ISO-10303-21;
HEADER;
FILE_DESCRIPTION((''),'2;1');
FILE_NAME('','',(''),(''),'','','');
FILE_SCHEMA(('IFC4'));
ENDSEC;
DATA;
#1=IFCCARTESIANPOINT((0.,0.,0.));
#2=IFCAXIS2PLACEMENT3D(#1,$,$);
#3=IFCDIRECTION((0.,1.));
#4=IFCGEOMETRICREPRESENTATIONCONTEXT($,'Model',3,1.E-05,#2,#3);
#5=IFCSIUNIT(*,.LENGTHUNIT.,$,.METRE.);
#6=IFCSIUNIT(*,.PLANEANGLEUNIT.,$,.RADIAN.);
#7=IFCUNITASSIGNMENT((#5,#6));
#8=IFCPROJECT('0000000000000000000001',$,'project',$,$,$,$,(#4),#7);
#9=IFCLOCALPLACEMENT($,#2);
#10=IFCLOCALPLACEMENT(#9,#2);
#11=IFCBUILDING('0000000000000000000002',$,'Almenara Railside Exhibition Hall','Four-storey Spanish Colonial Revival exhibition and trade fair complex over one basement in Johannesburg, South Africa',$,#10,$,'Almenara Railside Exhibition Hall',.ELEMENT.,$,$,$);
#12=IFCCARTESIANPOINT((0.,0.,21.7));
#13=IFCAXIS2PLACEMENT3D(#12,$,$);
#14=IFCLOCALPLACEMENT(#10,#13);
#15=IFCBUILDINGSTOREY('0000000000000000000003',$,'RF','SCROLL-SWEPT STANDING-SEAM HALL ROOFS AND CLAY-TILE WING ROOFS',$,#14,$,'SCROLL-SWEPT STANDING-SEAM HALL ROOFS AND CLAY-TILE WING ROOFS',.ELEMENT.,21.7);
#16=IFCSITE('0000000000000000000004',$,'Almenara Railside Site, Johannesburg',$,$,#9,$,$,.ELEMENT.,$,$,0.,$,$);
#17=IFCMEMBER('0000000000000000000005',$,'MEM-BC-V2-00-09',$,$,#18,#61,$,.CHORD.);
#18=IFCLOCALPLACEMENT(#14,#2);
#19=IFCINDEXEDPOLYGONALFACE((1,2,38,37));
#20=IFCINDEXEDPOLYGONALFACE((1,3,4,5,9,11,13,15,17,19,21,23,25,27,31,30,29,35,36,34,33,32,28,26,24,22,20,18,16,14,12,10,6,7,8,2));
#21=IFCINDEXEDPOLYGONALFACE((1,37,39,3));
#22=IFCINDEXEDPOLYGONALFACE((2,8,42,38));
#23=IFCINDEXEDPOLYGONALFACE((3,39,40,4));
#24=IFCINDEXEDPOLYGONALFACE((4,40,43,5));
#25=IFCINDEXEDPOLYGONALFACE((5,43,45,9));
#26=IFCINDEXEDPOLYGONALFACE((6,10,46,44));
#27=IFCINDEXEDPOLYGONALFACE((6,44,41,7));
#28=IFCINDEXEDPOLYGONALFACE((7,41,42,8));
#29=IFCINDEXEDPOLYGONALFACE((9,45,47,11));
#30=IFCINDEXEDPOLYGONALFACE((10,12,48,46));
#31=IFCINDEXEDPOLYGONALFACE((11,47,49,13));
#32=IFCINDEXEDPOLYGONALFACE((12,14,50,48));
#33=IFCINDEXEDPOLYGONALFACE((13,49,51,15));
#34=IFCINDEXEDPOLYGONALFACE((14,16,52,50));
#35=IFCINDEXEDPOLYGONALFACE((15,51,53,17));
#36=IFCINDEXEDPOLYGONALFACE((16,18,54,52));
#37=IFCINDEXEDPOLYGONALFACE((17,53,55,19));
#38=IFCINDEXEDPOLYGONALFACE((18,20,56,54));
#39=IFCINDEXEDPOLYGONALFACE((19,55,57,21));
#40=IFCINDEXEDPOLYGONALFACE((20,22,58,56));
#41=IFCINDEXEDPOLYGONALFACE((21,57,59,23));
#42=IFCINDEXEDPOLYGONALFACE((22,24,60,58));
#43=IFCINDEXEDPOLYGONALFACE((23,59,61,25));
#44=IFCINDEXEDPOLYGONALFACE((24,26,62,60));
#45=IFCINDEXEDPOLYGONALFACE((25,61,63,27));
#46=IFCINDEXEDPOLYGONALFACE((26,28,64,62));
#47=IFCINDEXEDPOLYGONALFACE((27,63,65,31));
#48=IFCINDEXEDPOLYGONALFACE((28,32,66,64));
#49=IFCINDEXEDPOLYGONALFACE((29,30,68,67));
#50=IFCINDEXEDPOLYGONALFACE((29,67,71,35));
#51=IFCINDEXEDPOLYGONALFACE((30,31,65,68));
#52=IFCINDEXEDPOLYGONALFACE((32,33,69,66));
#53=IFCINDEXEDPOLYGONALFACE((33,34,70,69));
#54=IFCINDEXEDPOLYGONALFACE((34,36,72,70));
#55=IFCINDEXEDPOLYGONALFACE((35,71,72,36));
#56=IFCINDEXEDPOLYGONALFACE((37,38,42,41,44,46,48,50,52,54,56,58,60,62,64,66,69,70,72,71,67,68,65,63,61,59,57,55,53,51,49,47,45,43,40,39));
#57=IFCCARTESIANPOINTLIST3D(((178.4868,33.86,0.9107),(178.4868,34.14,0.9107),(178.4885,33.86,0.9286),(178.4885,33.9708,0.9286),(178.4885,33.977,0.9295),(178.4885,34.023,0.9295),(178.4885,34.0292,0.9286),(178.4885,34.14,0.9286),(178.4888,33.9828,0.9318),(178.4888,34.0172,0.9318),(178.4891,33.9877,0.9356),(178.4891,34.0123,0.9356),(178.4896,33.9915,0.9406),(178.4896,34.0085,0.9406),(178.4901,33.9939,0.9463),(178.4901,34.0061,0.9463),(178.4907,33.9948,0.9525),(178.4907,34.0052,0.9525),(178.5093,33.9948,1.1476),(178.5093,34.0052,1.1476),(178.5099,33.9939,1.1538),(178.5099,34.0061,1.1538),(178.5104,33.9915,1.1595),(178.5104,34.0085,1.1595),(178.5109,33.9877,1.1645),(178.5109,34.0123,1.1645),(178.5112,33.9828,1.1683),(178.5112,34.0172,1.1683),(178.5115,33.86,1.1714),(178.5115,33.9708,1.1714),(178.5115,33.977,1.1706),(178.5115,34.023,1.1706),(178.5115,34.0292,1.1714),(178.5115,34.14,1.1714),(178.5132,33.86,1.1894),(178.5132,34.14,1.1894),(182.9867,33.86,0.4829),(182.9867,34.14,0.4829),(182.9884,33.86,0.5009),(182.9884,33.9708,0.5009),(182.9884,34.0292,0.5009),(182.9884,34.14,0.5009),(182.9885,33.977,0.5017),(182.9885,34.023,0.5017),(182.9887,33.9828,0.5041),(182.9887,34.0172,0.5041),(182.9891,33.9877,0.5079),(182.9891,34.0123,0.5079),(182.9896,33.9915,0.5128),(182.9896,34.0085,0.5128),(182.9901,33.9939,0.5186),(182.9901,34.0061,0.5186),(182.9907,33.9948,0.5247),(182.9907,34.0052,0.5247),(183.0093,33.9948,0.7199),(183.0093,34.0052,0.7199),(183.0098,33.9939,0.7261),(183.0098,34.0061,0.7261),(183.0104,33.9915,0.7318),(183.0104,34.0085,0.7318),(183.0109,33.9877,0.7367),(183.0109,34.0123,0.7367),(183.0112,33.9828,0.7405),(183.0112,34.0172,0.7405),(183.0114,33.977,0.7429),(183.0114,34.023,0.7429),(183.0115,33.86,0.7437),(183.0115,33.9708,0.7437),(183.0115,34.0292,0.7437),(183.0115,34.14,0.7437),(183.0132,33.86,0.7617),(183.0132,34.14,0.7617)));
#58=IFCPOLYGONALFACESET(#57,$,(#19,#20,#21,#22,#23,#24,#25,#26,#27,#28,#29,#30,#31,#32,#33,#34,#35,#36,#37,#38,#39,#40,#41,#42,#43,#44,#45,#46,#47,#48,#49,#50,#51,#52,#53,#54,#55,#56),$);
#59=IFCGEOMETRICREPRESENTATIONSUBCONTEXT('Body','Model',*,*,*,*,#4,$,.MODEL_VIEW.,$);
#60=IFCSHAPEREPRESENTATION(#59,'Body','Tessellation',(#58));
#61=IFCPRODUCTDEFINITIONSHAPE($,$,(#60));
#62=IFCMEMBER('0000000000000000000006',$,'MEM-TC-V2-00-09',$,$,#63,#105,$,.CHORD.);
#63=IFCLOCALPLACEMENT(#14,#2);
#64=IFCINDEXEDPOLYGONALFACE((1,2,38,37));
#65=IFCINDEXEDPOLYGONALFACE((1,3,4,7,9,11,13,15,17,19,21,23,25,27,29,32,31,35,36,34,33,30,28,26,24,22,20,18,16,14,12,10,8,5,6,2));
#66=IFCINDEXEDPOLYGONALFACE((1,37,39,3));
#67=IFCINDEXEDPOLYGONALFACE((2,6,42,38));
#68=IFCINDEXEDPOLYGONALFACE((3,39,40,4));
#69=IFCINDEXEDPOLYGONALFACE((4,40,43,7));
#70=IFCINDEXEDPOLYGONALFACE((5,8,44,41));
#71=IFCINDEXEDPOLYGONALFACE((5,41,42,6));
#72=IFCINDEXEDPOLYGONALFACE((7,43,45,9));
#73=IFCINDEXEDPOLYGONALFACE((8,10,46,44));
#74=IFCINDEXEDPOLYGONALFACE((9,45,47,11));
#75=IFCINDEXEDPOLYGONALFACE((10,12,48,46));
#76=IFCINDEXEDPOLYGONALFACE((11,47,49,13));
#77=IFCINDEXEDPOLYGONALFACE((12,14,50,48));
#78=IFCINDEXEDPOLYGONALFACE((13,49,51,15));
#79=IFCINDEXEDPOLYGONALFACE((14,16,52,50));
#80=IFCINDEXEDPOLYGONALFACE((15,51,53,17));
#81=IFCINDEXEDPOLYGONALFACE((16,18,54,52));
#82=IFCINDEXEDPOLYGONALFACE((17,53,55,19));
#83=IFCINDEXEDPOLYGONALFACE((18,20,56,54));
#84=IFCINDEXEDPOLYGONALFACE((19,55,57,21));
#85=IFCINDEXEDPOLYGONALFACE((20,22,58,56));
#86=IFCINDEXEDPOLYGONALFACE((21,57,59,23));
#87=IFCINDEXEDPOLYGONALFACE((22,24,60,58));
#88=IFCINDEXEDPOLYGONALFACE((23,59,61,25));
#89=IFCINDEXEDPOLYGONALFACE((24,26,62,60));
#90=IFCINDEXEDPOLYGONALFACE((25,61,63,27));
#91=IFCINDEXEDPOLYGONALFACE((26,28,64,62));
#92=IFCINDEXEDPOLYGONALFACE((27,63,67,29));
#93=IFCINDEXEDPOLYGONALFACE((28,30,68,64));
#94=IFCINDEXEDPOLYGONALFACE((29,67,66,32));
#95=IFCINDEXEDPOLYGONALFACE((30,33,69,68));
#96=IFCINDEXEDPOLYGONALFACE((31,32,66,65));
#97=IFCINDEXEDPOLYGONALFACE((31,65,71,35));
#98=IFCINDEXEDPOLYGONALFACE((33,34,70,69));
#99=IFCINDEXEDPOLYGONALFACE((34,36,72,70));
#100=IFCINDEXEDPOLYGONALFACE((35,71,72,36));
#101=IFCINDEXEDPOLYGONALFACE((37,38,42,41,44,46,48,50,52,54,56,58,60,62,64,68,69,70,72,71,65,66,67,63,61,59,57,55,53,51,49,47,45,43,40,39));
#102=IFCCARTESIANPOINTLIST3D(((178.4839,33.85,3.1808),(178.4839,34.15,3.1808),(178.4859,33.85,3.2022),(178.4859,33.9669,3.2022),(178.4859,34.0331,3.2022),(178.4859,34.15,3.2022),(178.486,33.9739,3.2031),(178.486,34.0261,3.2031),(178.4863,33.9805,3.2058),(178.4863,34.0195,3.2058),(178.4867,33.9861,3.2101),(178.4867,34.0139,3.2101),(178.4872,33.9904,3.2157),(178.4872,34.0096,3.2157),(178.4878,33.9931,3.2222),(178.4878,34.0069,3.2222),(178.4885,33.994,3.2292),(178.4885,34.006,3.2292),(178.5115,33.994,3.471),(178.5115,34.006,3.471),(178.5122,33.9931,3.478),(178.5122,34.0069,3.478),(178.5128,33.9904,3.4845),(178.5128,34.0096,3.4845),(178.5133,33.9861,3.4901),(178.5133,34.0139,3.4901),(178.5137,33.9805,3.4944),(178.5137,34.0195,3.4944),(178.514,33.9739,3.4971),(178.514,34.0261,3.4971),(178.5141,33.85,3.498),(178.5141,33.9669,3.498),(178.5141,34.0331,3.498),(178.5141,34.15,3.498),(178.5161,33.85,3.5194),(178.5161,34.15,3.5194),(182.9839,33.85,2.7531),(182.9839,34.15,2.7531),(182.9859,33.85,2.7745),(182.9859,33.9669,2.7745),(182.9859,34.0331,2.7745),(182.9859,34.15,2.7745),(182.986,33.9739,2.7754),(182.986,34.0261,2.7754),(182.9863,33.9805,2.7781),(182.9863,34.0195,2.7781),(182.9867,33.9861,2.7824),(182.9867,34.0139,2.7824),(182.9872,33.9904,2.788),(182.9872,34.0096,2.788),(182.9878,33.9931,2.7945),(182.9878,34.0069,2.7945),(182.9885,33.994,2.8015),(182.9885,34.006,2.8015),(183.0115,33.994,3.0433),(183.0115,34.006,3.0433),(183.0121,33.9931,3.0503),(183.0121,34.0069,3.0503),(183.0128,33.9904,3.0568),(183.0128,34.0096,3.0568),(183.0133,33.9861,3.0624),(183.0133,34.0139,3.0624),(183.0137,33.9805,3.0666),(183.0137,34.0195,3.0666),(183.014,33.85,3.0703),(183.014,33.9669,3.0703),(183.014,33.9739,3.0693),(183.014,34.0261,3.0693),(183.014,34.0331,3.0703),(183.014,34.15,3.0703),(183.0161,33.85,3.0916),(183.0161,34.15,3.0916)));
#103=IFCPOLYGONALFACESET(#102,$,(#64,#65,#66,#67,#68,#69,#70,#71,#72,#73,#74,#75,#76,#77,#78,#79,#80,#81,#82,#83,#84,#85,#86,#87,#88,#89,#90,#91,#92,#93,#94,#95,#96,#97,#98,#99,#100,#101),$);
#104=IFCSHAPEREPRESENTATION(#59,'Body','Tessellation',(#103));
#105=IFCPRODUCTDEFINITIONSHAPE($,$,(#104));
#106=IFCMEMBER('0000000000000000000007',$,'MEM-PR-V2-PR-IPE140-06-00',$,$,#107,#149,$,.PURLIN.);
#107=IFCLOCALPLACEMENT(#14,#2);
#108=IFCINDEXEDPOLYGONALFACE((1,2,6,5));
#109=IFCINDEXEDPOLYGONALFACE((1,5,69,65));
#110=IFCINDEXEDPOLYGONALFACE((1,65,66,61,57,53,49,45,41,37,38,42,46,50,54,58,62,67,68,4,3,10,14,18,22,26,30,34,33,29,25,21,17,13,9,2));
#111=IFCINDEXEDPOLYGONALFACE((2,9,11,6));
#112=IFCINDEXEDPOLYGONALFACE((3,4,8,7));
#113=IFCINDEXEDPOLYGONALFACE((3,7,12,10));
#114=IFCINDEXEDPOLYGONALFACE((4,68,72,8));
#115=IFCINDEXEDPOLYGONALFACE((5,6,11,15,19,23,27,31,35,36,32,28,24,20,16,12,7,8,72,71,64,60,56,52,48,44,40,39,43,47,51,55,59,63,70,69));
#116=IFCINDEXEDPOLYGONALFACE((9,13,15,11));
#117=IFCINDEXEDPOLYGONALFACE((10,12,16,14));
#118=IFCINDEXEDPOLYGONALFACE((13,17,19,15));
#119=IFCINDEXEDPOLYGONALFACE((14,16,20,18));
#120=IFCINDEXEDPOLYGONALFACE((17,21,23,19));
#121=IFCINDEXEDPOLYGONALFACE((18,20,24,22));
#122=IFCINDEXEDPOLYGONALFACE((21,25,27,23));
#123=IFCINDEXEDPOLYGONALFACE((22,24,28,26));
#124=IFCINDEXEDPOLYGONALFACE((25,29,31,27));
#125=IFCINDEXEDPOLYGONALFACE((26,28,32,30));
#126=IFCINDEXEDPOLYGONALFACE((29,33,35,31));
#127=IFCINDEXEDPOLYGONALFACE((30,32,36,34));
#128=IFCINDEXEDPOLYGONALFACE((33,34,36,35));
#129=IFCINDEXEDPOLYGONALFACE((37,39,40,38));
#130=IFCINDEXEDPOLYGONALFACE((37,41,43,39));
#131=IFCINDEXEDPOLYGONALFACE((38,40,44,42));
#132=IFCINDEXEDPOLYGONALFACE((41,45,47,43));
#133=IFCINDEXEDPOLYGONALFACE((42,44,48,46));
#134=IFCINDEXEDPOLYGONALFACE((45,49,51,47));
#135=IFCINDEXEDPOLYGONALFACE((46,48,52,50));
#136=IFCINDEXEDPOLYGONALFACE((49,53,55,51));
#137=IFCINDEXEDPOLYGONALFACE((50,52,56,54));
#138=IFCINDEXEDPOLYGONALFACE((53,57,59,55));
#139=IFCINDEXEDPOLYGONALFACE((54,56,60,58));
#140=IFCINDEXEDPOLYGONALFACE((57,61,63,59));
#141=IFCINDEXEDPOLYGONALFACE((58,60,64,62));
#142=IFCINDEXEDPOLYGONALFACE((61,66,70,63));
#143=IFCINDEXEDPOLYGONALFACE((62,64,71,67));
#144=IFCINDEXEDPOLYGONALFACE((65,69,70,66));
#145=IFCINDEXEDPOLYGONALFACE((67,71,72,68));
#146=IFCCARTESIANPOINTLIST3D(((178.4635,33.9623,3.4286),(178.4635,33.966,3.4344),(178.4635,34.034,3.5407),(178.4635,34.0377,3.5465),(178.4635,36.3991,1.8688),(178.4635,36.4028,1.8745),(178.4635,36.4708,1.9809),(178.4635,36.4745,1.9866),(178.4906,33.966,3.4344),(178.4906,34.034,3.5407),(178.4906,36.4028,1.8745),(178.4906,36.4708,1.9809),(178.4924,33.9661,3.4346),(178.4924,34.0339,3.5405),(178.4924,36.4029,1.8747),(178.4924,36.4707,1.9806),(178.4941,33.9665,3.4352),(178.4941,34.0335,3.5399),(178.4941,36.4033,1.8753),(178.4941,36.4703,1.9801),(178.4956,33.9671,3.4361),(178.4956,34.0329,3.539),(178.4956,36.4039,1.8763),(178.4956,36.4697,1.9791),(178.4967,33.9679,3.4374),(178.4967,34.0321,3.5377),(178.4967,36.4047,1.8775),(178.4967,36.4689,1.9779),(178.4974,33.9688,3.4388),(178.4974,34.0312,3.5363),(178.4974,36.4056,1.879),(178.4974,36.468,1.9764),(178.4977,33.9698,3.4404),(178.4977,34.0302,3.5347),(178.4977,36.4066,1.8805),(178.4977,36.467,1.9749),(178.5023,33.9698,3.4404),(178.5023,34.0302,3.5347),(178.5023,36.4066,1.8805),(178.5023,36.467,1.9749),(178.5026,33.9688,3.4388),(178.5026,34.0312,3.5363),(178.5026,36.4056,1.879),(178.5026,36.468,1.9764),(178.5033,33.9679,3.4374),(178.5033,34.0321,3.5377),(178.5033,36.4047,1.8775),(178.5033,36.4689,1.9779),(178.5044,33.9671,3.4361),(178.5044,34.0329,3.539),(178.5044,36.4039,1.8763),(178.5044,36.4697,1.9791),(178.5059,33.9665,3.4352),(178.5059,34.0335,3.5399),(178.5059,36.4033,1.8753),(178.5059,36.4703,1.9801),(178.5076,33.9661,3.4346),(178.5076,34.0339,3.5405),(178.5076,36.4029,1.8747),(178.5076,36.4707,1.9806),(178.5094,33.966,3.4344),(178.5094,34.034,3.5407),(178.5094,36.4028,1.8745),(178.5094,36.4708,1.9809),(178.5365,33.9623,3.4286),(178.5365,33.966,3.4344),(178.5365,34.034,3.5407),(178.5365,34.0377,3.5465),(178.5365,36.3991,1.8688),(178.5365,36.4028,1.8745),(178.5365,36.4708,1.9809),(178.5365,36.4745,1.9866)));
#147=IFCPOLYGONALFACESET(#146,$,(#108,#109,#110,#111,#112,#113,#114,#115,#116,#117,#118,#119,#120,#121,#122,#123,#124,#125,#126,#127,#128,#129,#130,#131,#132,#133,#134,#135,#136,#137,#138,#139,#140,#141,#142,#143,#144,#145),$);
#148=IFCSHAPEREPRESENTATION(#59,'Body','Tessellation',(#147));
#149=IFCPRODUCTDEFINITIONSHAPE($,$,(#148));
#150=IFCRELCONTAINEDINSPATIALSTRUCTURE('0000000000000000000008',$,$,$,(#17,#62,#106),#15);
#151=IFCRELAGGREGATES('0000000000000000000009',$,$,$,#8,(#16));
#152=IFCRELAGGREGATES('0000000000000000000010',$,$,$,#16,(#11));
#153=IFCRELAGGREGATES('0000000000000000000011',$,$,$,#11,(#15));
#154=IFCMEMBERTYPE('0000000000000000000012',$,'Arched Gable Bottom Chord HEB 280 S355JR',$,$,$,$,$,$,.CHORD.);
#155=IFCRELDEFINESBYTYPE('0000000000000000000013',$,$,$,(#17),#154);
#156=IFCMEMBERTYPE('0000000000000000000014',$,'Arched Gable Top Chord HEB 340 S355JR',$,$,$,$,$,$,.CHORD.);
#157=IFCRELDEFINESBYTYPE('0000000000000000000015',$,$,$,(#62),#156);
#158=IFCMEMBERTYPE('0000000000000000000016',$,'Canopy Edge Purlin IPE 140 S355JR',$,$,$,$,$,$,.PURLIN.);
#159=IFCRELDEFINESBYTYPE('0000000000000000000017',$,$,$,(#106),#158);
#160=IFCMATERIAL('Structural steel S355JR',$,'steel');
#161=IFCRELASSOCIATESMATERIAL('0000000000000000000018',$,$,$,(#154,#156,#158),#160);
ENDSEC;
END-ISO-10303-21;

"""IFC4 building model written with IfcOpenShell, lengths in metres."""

from ifc_helpers import new_model, si_unit, direction, frame, origin, origin_2d, place, context, subcontext, project, spatial, i_section, extrude, material, material_profile, profile_set, type_object, element, save


model = new_model("IFC4")

# Units and contexts
model_context = context("Model", 3, precision=1e-05, world=origin(), true_north=direction((0.0, 1.0)))
body_context = subcontext(model_context, "Body", "Model", "MODEL_VIEW")
ifc_project = project(units=[si_unit("LENGTHUNIT", "METRE"), si_unit("PLANEANGLEUNIT", "RADIAN")], contexts=[model_context])

# Site, building, storey
site_placement = place(None, origin())
site = spatial("IfcSite", under=ifc_project, at=site_placement, Name="Almenara Railside Site, Johannesburg", CompositionType="ELEMENT", RefElevation=0.0)
building_placement = place(site_placement, origin())
building = spatial("IfcBuilding", under=site, at=building_placement, Name="Almenara Railside Exhibition Hall", Description="Four-storey Spanish Colonial Revival exhibition and trade fair complex over one basement in Johannesburg, South Africa", LongName="Almenara Railside Exhibition Hall", CompositionType="ELEMENT")
storey_placement = place(building_placement, frame((0.0, 0.0, 21.7)))
storey = spatial("IfcBuildingStorey", under=building, at=storey_placement, Name="RF", Description="SCROLL-SWEPT STANDING-SEAM HALL ROOFS AND CLAY-TILE WING ROOFS", LongName="SCROLL-SWEPT STANDING-SEAM HALL ROOFS AND CLAY-TILE WING ROOFS", CompositionType="ELEMENT", Elevation=21.7)

# Members
ifc_material_1 = material(Name="Structural steel S355JR", Category="steel")
ifc_material_profile_1 = material_profile(ifc_material_1, i_section(OverallWidth=0.28, OverallDepth=0.28, WebThickness=0.0105, FlangeThickness=0.0181, FilletRadius=0.0239, at=origin_2d()), Name="HEB 280")
ifc_profile_set_1 = profile_set([ifc_material_profile_1], Name="Structural steel S355JR")
member_type_1 = type_object("IfcMemberType", Name="Arched Gable Bottom Chord HEB 280 S355JR", PredefinedType="CHORD", material=ifc_profile_set_1)
member_1_placement = place(storey_placement, frame((178.5, 34.0, 1.05), z_axis=(0.995513, 0.0, -0.094626), x_axis=(0.0, 1.0, 0.0)))
element("IfcMember", 1, at=member_1_placement, inside=storey, type_object=member_type_1, Name="MEM-BC-V2-00-09", PredefinedType="CHORD", context=body_context, shape_type="SweptSolid", body=[
    extrude(i_section(OverallWidth=0.28, OverallDepth=0.28, WebThickness=0.0105, FlangeThickness=0.0181, FilletRadius=0.0239, at=origin_2d()), origin(), (0.0, 0.0, 1.0), 4.5203),
])
ifc_material_profile_2 = material_profile(ifc_material_1, i_section(OverallWidth=0.3, OverallDepth=0.3401, WebThickness=0.012, FlangeThickness=0.0215, FilletRadius=0.0271, at=origin_2d()), Name="HEB 340")
ifc_profile_set_2 = profile_set([ifc_material_profile_2], Name="Structural steel S355JR")
member_type_2 = type_object("IfcMemberType", Name="Arched Gable Top Chord HEB 340 S355JR", PredefinedType="CHORD", material=ifc_profile_set_2)
member_2_placement = place(storey_placement, frame((178.5, 34.0, 3.3501), z_axis=(0.995513, 0.0, -0.094626), x_axis=(0.0, 1.0, 0.0)))
element("IfcMember", 2, at=member_2_placement, inside=storey, type_object=member_type_2, Name="MEM-TC-V2-00-09", PredefinedType="CHORD", context=body_context, shape_type="SweptSolid", body=[
    extrude(i_section(OverallWidth=0.3, OverallDepth=0.3401, WebThickness=0.012, FlangeThickness=0.0215, FilletRadius=0.0271, at=origin_2d()), origin(), (0.0, 0.0, 1.0), 4.5203),
])
ifc_material_profile_3 = material_profile(ifc_material_1, i_section(OverallWidth=0.073, OverallDepth=0.1399, WebThickness=0.0046, FlangeThickness=0.0068, FilletRadius=0.0071, at=origin_2d()), Name="IPE 140")
ifc_profile_set_3 = profile_set([ifc_material_profile_3], Name="Structural steel S355JR")
member_type_3 = type_object("IfcMemberType", Name="Canopy Edge Purlin IPE 140 S355JR", PredefinedType="PURLIN", material=ifc_profile_set_3)
member_3_placement = place(storey_placement, frame((178.5, 34.0, 3.4875), z_axis=(0.0, 0.842227, -0.539123), x_axis=(-1.0, 0.0, 0.0)))
element("IfcMember", 3, at=member_3_placement, inside=storey, type_object=member_type_3, Name="MEM-PR-V2-PR-IPE140-06-00", PredefinedType="PURLIN", context=body_context, shape_type="SweptSolid", body=[
    extrude(i_section(OverallWidth=0.073, OverallDepth=0.1399, WebThickness=0.0046, FlangeThickness=0.0068, FilletRadius=0.0071, at=origin_2d()), origin(), (0.0, 0.0, 1.0), 2.8933),
])

save(model, "model.ifc")
